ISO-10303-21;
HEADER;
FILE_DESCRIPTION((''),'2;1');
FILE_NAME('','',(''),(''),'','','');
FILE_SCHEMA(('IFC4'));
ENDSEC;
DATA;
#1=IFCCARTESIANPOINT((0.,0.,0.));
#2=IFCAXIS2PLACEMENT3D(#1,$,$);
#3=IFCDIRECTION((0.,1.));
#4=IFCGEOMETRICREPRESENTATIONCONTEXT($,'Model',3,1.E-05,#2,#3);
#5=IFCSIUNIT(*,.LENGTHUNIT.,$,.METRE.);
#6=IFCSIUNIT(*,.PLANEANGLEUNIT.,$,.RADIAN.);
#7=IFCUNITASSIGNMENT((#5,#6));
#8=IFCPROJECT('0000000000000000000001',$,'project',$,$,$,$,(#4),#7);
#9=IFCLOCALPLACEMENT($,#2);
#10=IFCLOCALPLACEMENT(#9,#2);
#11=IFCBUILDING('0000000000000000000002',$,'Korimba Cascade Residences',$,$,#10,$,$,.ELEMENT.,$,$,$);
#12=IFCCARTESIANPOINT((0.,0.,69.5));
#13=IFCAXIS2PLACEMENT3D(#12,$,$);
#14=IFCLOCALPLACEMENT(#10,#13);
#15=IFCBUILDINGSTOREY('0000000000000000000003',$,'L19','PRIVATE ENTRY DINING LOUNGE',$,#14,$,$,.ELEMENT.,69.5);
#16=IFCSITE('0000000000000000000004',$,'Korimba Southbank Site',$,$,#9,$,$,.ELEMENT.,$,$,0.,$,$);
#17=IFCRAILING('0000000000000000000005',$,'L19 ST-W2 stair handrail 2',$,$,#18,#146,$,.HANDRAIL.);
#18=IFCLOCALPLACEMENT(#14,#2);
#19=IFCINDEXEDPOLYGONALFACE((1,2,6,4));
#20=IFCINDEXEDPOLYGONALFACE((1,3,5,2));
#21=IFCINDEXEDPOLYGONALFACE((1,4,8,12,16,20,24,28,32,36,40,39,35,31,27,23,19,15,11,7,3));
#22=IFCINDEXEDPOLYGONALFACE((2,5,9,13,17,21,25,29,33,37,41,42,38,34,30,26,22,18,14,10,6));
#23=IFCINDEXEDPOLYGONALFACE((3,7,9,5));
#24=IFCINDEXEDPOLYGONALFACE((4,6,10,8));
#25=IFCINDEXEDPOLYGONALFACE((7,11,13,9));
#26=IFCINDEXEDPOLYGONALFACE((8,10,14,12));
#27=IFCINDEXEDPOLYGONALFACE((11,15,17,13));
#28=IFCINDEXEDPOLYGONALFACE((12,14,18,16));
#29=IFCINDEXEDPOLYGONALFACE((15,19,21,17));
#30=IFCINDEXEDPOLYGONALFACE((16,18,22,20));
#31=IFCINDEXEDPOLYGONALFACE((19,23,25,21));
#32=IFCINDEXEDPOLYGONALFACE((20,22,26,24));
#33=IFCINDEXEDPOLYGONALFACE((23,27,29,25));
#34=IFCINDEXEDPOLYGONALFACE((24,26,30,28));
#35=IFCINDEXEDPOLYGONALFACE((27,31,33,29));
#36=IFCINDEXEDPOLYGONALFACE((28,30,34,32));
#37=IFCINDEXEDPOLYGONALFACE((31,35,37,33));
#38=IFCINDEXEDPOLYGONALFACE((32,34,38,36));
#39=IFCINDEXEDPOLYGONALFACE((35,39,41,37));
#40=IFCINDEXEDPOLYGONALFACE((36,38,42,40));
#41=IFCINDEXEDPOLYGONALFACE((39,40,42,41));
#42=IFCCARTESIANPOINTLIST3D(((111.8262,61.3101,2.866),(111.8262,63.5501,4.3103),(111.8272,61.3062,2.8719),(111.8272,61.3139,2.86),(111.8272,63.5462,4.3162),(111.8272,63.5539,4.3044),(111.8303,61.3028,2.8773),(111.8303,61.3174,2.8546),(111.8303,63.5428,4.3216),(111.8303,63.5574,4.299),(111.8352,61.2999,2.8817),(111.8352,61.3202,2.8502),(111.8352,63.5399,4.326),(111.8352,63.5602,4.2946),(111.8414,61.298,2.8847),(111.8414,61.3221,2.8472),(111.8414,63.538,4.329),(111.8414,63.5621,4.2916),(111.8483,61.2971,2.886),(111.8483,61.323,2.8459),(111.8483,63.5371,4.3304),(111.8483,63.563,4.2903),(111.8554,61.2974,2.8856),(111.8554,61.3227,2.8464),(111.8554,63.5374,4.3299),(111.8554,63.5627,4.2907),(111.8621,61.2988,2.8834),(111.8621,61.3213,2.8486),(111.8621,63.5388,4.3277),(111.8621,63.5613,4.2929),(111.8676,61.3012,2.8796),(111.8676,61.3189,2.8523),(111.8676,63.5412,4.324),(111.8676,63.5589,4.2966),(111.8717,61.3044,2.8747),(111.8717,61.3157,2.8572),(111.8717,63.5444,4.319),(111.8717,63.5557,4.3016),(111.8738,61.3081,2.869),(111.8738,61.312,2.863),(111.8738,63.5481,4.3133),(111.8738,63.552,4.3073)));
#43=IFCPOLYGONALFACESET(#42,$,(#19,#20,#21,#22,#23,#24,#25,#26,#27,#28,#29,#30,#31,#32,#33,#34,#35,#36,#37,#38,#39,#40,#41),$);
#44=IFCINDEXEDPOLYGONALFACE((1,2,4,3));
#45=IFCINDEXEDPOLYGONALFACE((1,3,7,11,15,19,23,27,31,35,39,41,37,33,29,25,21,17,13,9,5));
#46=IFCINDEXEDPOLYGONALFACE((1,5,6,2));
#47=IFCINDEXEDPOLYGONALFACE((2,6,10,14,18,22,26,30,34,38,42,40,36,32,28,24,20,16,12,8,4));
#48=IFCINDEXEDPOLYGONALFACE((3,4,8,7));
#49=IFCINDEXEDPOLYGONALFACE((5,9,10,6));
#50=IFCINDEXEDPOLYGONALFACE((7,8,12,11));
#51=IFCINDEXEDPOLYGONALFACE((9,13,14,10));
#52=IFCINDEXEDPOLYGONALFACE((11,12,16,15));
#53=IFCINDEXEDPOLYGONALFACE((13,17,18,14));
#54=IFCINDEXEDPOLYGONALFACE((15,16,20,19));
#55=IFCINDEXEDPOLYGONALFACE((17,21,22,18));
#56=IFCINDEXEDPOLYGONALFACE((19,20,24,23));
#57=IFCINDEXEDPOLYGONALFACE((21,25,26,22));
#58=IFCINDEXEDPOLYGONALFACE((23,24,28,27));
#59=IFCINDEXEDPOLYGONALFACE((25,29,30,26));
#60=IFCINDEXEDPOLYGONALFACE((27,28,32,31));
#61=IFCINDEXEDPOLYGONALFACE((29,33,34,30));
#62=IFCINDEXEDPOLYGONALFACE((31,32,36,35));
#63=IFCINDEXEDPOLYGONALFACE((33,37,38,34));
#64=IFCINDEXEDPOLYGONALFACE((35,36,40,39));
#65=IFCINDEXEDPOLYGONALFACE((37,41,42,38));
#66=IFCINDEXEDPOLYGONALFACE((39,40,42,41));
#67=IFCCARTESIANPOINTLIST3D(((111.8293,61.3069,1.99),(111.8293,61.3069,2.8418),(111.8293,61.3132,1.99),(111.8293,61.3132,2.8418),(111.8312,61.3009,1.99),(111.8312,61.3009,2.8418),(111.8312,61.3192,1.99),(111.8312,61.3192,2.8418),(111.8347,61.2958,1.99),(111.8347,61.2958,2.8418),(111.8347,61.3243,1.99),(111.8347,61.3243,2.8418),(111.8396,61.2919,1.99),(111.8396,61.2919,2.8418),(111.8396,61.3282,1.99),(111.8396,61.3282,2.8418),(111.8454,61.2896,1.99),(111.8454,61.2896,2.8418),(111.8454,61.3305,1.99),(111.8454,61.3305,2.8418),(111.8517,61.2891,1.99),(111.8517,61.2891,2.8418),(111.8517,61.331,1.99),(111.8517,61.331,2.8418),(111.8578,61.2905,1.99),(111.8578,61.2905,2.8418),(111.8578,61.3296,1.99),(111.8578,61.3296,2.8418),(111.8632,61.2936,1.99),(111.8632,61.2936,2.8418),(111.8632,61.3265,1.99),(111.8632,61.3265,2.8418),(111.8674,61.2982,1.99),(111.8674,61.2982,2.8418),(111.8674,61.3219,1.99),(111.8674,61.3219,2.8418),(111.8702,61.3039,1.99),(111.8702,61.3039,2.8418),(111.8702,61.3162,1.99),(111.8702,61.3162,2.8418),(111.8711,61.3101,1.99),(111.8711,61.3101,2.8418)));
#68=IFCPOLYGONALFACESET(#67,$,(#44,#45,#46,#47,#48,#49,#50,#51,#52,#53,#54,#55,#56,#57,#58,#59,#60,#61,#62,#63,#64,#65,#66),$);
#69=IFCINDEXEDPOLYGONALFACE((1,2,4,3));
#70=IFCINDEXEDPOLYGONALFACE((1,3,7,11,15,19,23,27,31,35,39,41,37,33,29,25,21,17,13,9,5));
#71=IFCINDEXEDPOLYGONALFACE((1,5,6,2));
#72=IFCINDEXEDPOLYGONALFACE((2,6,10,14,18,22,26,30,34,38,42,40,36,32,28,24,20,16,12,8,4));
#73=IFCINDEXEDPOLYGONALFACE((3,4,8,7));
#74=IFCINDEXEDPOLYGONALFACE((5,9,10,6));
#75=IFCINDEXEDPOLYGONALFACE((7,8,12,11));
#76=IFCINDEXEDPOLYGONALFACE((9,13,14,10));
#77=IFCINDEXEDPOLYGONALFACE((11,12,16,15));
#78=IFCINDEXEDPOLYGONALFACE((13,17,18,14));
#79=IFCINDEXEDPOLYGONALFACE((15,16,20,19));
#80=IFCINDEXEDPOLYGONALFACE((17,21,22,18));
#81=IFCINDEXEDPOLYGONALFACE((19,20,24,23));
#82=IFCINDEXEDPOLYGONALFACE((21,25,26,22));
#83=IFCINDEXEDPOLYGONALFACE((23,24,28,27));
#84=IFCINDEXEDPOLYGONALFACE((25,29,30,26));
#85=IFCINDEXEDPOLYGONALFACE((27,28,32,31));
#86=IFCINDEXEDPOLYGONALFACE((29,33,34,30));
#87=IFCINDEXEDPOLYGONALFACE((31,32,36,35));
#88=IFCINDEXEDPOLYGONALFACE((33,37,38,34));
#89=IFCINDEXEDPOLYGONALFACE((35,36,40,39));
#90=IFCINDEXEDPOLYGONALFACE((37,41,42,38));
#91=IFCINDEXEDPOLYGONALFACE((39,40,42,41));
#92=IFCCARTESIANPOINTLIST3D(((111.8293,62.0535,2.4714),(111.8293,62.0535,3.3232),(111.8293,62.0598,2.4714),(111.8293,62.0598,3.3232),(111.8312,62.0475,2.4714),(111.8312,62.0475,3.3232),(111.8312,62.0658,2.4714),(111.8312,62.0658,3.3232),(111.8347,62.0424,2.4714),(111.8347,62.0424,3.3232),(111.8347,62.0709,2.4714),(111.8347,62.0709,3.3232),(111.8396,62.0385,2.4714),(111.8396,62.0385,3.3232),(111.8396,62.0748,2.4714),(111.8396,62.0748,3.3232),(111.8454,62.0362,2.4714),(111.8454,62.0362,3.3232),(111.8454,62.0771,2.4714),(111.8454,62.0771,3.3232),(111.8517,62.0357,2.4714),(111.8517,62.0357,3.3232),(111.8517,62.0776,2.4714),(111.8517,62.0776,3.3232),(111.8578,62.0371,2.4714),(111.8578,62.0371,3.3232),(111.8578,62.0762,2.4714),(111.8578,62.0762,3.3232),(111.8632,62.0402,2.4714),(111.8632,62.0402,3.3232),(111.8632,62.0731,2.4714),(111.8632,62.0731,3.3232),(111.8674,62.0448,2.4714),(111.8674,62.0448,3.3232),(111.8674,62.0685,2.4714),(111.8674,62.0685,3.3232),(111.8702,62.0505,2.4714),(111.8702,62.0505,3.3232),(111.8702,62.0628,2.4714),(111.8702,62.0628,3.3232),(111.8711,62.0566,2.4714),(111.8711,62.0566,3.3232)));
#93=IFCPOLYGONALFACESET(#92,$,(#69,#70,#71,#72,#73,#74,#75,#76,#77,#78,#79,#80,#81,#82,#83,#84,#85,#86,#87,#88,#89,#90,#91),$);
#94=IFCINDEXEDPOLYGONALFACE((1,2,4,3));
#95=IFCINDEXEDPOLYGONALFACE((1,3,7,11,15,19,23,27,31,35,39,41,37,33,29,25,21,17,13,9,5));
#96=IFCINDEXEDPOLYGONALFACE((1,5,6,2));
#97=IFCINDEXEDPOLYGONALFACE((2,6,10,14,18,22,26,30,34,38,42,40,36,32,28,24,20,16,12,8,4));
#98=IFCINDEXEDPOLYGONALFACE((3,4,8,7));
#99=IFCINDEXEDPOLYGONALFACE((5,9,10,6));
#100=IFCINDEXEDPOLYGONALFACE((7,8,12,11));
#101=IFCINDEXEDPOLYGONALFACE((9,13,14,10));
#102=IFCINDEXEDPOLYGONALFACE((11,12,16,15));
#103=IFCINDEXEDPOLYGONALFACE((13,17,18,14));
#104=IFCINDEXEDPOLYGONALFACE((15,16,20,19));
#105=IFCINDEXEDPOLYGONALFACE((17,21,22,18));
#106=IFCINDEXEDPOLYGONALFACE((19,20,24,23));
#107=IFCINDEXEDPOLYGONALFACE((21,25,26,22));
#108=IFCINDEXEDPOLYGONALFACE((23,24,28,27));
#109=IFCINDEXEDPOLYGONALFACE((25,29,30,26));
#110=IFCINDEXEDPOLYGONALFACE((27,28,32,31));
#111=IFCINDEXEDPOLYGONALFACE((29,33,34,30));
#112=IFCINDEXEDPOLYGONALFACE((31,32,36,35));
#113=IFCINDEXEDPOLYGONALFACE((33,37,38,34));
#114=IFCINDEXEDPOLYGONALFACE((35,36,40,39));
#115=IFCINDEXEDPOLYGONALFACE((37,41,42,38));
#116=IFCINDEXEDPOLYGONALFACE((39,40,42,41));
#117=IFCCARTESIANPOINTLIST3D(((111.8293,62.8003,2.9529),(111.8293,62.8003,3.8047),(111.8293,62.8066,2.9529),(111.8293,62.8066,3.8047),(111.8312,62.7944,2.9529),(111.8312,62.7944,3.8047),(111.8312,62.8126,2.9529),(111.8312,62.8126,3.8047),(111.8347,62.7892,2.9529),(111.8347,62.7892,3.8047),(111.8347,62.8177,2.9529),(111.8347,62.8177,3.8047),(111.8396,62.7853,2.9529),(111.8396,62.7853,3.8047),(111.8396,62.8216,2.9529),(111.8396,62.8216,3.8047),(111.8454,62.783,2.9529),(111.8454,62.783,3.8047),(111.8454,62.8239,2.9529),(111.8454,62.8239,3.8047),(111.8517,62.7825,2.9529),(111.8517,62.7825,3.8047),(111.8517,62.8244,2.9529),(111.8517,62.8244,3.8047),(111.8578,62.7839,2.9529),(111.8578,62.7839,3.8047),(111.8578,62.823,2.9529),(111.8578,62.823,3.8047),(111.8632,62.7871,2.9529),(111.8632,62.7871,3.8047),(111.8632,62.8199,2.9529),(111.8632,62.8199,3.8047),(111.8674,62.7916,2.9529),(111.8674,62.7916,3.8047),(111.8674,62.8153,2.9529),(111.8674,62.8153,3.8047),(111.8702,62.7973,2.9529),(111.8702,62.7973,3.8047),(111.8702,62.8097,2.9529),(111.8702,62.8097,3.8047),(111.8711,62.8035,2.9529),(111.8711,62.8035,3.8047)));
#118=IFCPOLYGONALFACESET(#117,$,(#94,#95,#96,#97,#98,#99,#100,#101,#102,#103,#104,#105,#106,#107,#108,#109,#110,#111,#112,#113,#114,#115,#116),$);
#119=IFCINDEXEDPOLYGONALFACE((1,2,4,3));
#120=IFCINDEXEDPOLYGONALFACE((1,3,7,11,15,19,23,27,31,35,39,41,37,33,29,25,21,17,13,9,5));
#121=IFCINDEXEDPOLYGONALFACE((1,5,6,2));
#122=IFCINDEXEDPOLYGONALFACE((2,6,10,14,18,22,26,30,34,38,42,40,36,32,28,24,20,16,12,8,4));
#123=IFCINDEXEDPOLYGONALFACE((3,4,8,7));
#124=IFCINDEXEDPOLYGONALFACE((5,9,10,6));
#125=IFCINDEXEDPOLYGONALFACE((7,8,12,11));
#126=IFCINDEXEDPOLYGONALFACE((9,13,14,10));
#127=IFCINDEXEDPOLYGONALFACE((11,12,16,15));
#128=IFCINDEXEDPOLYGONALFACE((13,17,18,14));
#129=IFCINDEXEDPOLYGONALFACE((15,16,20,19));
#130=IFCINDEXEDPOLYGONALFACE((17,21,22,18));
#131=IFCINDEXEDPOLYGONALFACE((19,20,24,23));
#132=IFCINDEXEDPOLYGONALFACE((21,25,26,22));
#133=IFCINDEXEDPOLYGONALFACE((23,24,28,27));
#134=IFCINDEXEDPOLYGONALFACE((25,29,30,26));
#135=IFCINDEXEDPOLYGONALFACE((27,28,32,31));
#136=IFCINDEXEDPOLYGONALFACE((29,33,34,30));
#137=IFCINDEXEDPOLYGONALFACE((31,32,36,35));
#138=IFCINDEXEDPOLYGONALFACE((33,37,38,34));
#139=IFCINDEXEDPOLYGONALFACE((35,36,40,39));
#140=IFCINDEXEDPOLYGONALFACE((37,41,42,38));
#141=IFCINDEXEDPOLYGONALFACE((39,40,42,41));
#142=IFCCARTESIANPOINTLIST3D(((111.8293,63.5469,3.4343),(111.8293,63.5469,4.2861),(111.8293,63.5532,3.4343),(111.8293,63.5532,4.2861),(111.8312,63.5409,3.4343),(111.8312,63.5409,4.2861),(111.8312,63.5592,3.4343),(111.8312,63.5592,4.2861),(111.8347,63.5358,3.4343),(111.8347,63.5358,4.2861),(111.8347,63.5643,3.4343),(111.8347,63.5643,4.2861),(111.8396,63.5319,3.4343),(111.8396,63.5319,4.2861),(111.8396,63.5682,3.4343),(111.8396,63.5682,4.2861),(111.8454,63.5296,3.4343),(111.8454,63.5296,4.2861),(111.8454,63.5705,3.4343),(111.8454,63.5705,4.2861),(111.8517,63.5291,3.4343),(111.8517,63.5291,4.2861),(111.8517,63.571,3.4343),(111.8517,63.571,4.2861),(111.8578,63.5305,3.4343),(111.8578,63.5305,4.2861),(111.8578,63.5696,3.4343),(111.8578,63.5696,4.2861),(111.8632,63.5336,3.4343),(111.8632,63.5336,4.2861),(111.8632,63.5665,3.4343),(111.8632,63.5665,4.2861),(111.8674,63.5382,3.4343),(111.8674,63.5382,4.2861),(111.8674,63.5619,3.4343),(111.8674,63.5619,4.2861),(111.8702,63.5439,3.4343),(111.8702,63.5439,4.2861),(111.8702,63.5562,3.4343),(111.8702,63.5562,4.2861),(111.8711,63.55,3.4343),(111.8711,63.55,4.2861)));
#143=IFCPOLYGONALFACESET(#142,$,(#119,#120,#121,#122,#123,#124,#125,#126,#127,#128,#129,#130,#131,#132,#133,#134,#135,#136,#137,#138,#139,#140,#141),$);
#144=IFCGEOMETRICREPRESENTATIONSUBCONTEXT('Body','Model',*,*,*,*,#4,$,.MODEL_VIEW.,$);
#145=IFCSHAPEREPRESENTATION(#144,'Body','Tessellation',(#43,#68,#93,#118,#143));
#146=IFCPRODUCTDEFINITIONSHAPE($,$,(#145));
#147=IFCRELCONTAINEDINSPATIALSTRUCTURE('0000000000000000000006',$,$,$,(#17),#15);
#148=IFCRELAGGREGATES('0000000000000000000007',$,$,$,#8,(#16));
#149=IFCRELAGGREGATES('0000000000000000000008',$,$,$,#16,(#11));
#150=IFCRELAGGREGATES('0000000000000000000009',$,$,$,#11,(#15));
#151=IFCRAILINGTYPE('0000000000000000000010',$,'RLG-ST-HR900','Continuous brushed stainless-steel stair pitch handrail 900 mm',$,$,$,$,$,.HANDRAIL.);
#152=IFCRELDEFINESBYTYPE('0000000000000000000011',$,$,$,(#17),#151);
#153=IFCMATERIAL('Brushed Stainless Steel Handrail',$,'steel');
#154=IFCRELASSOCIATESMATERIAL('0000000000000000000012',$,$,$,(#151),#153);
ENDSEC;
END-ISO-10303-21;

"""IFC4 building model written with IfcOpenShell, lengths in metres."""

from ifc_helpers import new_model, si_unit, direction, frame, origin, origin_2d, place, context, subcontext, project, spatial, circle, extrude, material, type_object, element, save


model = new_model("IFC4")

# Units and contexts
model_context = context("Model", 3, precision=1e-05, world=origin(), true_north=direction((0.0, 1.0)))
body_context = subcontext(model_context, "Body", "Model", "MODEL_VIEW")
ifc_project = project(units=[si_unit("LENGTHUNIT", "METRE"), si_unit("PLANEANGLEUNIT", "RADIAN")], contexts=[model_context])

# Site, building, storey
site_placement = place(None, origin())
site = spatial("IfcSite", under=ifc_project, at=site_placement, Name="Korimba Southbank Site", CompositionType="ELEMENT", RefElevation=0.0)
building_placement = place(site_placement, origin())
building = spatial("IfcBuilding", under=site, at=building_placement, Name="Korimba Cascade Residences", CompositionType="ELEMENT")
storey_placement = place(building_placement, frame((0.0, 0.0, 69.5)))
storey = spatial("IfcBuildingStorey", under=building, at=storey_placement, Name="L19", Description="PRIVATE ENTRY DINING LOUNGE", CompositionType="ELEMENT", Elevation=69.5)

# Railing
ifc_material_1 = material(Name="Brushed Stainless Steel Handrail", Category="steel")
railing_type_1 = type_object("IfcRailingType", Name="RLG-ST-HR900", Description="Continuous brushed stainless-steel stair pitch handrail 900 mm", PredefinedType="HANDRAIL", material=ifc_material_1)
railing_1_placement = place(storey_placement, frame((111.8501, 61.3101, 1.99)))
element("IfcRailing", 1, at=railing_1_placement, inside=storey, type_object=railing_type_1, Name="L19 ST-W2 stair handrail 2", PredefinedType="HANDRAIL", context=body_context, shape_type="SweptSolid", body=[
    extrude(circle(Radius=0.0239, at=origin_2d()), frame((0.0, 0.0, 0.876), z_axis=(0.0, 0.840437, 0.54191), x_axis=(-1.0, 0.0, 0.0)), (0.0, 0.0, 1.0), 2.6653),
    extrude(circle(Radius=0.021, at=origin_2d()), origin(), (0.0, 0.0, 1.0), 0.8518),
    extrude(circle(Radius=0.021, at=origin_2d()), frame((0.0, 0.7466, 0.4814)), (0.0, 0.0, 1.0), 0.8518),
    extrude(circle(Radius=0.021, at=origin_2d()), frame((0.0, 1.4934, 0.9629)), (0.0, 0.0, 1.0), 0.8518),
    extrude(circle(Radius=0.021, at=origin_2d()), frame((0.0, 2.24, 1.4443)), (0.0, 0.0, 1.0), 0.8518),
])

save(model, "model.ifc")
